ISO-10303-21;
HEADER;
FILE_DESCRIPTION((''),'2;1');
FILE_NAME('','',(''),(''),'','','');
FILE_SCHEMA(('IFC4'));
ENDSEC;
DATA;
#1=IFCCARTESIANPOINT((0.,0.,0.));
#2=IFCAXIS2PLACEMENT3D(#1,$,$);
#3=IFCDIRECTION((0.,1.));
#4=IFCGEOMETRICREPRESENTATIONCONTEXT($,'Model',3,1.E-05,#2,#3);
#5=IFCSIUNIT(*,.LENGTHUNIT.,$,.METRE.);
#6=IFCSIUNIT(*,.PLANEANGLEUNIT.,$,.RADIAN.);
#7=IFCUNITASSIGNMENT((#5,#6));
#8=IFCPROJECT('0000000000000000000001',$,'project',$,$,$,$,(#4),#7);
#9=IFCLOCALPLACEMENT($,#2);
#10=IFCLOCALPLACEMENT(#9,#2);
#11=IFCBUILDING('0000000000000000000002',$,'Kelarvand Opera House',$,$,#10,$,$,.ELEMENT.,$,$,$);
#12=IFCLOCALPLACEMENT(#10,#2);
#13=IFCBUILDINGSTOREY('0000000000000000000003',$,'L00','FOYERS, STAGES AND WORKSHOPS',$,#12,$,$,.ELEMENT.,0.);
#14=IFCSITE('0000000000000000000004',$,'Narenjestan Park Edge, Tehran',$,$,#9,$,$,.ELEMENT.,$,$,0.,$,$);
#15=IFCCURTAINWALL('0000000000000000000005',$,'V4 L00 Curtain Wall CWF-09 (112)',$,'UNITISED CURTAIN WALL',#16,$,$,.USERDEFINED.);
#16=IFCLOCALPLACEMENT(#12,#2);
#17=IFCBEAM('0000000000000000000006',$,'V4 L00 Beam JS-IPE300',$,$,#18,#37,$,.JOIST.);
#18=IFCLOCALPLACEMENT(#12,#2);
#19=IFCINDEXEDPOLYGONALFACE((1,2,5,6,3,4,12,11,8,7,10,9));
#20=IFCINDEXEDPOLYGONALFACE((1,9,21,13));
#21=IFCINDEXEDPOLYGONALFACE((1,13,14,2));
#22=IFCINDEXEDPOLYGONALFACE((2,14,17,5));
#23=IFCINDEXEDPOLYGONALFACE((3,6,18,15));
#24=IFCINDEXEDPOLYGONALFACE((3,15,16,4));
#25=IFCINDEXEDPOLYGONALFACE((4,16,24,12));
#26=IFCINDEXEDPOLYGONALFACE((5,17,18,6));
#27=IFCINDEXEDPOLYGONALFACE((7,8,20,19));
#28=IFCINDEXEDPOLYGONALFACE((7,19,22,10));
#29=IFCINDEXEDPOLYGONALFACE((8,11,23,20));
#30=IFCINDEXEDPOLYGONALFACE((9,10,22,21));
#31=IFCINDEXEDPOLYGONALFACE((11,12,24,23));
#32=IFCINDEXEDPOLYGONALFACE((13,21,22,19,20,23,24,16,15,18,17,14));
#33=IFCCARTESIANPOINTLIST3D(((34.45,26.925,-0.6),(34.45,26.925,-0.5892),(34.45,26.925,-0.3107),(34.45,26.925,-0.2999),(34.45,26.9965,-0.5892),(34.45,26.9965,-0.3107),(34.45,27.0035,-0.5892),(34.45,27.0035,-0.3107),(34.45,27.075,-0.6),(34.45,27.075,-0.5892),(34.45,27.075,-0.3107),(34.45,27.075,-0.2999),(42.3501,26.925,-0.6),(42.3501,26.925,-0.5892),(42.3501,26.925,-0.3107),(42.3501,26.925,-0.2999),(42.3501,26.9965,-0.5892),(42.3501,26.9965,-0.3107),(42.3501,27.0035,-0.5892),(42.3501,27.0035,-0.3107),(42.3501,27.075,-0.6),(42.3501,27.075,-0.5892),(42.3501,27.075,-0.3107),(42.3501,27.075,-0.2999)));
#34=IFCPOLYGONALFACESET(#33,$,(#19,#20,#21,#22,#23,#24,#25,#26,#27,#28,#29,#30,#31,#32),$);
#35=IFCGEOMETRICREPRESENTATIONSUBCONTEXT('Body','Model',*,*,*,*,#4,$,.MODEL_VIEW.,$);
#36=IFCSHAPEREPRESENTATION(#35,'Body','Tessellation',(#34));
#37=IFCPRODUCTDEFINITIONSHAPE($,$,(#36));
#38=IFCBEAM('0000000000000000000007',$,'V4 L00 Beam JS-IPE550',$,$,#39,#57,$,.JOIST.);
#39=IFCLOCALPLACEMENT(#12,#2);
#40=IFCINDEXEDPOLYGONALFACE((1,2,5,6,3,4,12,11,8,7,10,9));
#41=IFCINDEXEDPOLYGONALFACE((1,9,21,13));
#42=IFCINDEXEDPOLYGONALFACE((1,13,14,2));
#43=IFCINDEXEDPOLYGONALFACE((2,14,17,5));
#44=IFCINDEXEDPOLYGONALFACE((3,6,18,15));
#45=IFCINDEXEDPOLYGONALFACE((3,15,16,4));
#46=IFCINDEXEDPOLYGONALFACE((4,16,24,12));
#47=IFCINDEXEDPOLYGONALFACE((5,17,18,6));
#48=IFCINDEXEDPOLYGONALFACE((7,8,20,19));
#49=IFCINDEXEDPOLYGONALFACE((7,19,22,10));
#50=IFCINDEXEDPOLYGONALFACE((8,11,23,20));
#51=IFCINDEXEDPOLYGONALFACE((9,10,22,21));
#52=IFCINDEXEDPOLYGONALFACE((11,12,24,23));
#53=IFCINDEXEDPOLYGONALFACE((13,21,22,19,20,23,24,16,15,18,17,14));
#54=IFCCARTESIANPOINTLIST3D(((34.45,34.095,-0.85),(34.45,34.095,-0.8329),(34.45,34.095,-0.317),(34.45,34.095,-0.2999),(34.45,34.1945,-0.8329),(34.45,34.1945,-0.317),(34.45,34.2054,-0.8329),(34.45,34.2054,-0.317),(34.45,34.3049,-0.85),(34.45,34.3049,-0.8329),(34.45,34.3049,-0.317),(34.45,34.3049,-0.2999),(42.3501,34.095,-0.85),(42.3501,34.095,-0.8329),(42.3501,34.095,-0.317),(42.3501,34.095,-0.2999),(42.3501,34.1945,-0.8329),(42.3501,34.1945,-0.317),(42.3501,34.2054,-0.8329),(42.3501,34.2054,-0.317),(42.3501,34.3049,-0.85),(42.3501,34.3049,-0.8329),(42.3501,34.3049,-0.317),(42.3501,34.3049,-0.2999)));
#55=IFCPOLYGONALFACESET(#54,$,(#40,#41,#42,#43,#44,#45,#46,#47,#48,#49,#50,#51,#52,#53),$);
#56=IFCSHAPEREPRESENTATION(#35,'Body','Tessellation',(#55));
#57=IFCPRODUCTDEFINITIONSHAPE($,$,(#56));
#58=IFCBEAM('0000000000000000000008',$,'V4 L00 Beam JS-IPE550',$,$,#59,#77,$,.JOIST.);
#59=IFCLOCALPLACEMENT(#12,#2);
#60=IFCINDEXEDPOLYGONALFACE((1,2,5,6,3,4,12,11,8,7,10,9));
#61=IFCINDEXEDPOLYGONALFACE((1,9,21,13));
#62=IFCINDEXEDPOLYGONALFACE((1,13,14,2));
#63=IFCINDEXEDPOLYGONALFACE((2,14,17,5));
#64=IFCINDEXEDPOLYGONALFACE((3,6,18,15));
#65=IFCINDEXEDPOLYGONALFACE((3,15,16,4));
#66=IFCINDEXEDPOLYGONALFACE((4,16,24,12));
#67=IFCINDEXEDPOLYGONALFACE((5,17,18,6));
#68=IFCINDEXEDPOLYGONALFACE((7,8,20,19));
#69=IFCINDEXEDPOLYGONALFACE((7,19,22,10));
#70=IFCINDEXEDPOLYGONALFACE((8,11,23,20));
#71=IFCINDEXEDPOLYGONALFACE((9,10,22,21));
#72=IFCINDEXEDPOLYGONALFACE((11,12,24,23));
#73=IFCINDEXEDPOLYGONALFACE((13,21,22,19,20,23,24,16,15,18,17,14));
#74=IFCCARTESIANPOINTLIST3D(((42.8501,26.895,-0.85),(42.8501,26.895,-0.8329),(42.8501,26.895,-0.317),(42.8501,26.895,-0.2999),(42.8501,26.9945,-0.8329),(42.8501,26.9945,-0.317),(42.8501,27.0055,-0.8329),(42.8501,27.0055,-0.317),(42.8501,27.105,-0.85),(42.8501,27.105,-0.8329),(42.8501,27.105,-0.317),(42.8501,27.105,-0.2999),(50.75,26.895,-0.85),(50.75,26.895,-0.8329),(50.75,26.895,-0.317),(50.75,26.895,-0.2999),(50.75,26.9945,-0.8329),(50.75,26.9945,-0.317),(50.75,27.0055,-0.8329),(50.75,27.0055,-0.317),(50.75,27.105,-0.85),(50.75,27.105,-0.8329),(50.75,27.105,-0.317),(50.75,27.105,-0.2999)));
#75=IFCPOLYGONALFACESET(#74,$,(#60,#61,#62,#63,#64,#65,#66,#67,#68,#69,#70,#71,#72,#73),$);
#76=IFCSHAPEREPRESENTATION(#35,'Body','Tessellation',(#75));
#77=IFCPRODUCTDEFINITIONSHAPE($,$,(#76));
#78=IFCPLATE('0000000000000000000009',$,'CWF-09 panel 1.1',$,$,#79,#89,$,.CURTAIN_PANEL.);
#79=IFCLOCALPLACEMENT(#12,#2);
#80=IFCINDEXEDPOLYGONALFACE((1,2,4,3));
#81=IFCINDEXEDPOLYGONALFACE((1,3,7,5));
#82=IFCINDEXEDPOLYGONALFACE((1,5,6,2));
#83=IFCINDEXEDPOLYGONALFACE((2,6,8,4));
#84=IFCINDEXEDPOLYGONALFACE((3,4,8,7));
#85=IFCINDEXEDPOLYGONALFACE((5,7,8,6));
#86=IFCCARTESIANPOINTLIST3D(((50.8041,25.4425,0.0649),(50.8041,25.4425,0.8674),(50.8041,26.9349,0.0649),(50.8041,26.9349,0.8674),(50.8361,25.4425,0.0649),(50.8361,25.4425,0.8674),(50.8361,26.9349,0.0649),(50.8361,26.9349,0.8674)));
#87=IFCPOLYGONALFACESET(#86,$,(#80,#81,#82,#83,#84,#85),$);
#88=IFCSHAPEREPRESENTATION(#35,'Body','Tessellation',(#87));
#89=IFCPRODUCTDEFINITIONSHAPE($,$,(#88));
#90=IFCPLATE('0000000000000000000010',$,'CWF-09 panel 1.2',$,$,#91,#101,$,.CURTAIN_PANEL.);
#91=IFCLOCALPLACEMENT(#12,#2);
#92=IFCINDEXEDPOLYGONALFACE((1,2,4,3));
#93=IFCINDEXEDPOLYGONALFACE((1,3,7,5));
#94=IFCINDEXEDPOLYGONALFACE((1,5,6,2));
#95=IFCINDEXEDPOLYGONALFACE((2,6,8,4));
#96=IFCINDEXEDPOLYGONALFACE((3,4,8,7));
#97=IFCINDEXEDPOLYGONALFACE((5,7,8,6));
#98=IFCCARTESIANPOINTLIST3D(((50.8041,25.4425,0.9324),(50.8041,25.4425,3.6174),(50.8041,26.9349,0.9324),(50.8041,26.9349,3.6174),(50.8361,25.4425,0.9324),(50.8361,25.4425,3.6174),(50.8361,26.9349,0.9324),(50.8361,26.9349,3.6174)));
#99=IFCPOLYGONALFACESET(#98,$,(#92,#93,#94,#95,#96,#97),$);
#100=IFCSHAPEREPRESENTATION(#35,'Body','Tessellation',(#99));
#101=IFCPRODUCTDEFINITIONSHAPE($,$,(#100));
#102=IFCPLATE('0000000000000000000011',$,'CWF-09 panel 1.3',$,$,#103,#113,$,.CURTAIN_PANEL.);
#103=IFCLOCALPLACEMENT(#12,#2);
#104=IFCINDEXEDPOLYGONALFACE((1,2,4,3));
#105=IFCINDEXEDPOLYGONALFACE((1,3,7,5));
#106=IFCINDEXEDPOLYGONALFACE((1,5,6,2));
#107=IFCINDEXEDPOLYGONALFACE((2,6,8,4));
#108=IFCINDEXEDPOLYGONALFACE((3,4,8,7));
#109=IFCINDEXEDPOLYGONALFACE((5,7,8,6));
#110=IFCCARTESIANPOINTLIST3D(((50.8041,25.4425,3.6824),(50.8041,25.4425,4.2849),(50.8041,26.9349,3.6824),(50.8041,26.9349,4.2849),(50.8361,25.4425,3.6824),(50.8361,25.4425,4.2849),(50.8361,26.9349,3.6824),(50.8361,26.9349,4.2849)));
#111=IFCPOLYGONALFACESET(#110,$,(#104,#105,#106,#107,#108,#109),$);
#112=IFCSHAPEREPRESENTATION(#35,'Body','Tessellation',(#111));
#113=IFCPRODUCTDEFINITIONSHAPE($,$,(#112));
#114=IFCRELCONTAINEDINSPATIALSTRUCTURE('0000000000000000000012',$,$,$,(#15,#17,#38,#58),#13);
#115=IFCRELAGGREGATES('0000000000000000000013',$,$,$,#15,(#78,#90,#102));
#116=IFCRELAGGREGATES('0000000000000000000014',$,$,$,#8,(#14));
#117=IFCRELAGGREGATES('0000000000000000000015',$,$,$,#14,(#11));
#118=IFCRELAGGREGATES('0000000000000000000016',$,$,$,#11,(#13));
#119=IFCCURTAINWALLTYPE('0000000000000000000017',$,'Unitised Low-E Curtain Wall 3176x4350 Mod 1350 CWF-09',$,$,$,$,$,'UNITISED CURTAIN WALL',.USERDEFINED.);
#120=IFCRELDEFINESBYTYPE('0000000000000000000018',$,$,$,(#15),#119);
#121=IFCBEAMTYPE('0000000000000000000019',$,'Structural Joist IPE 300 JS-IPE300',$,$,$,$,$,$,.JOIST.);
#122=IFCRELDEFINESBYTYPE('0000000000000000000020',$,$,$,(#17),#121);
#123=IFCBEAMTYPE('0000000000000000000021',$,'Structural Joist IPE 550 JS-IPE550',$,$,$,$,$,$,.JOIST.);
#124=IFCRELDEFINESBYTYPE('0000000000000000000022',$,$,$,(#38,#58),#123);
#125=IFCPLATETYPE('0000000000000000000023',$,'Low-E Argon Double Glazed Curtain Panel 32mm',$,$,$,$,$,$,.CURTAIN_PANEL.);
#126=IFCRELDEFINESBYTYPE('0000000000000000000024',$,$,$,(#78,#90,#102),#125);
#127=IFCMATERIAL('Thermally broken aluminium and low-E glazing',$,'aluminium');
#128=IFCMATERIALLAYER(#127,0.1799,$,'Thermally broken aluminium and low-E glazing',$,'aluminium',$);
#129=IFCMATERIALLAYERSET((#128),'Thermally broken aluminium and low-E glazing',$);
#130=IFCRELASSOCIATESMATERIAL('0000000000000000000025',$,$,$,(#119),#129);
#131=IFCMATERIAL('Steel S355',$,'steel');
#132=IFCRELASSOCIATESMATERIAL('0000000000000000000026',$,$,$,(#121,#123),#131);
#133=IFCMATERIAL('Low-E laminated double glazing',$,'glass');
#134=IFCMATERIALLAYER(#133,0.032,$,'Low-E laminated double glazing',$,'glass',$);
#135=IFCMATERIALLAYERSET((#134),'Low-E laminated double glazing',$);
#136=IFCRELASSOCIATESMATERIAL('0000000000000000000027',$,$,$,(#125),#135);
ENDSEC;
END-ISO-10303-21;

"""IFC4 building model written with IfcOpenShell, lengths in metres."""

from ifc_helpers import new_model, si_unit, direction, frame, origin, origin_2d, place, context, subcontext, project, spatial, rectangle, i_section, extrude, material, layer, layer_set, material_profile, profile_set, type_object, element, aggregate, save


model = new_model("IFC4")

# Units and contexts
model_context = context("Model", 3, precision=1e-05, world=origin(), true_north=direction((0.0, 1.0)))
body_context = subcontext(model_context, "Body", "Model", "MODEL_VIEW")
ifc_project = project(units=[si_unit("LENGTHUNIT", "METRE"), si_unit("PLANEANGLEUNIT", "RADIAN")], contexts=[model_context])

# Site, building, storey
site_placement = place(None, origin())
site = spatial("IfcSite", under=ifc_project, at=site_placement, Name="Narenjestan Park Edge, Tehran", CompositionType="ELEMENT", RefElevation=0.0)
building_placement = place(site_placement, origin())
building = spatial("IfcBuilding", under=site, at=building_placement, Name="Kelarvand Opera House", CompositionType="ELEMENT")
storey_placement = place(building_placement, origin())
storey = spatial("IfcBuildingStorey", under=building, at=storey_placement, Name="L00", Description="FOYERS, STAGES AND WORKSHOPS", CompositionType="ELEMENT", Elevation=0.0)

# Curtain wall
ifc_material_1 = material(Name="Thermally broken aluminium and low-E glazing", Category="aluminium")
ifc_layer_1 = layer(ifc_material_1, 0.1799, Name="Thermally broken aluminium and low-E glazing", Category="aluminium")
ifc_layer_set_1 = layer_set([ifc_layer_1], Name="Thermally broken aluminium and low-E glazing")
curtain_wall_type = type_object("IfcCurtainWallType", Name="Unitised Low-E Curtain Wall 3176x4350 Mod 1350 CWF-09", ElementType="UNITISED CURTAIN WALL", PredefinedType="USERDEFINED", material=ifc_layer_set_1)
curtain_wall_placement = place(storey_placement, origin())
curtain_wall = element("IfcCurtainWall", 1, at=curtain_wall_placement, inside=storey, type_object=curtain_wall_type, Name="V4 L00 Curtain Wall CWF-09 (112)", ObjectType="UNITISED CURTAIN WALL", PredefinedType="USERDEFINED")

# Beams
ifc_material_2 = material(Name="Steel S355", Category="steel")
ifc_material_profile_1 = material_profile(ifc_material_2, i_section(OverallWidth=0.1499, OverallDepth=0.3, WebThickness=0.0071, FlangeThickness=0.0107, at=origin_2d()), Name="IPE 300", Category="steel")
ifc_profile_set_1 = profile_set([ifc_material_profile_1], Name="Steel S355")
beam_type_1 = type_object("IfcBeamType", Name="Structural Joist IPE 300 JS-IPE300", PredefinedType="JOIST", material=ifc_profile_set_1)
beam_1_placement = place(storey_placement, frame((34.45, 27.0, -0.45), z_axis=(1.0, 0.0, 0.0), x_axis=(0.0, 1.0, 0.0)))
element("IfcBeam", 2, at=beam_1_placement, inside=storey, type_object=beam_type_1, Name="V4 L00 Beam JS-IPE300", PredefinedType="JOIST", context=body_context, shape_type="SweptSolid", body=[
    extrude(i_section(OverallWidth=0.1499, OverallDepth=0.3, WebThickness=0.0071, FlangeThickness=0.0107, at=origin_2d()), origin(), (0.0, 0.0, 1.0), 7.9001),
])
ifc_material_profile_2 = material_profile(ifc_material_2, i_section(OverallWidth=0.21, OverallDepth=0.55, WebThickness=0.011, FlangeThickness=0.0171, at=origin_2d()), Name="IPE 550", Category="steel")
ifc_profile_set_2 = profile_set([ifc_material_profile_2], Name="Steel S355")
beam_type_2 = type_object("IfcBeamType", Name="Structural Joist IPE 550 JS-IPE550", PredefinedType="JOIST", material=ifc_profile_set_2)
beam_2_placement = place(storey_placement, frame((34.45, 34.2, -0.575), z_axis=(1.0, 0.0, 0.0), x_axis=(0.0, 1.0, 0.0)))
element("IfcBeam", 3, at=beam_2_placement, inside=storey, type_object=beam_type_2, Name="V4 L00 Beam JS-IPE550", PredefinedType="JOIST", context=body_context, shape_type="SweptSolid", body=[
    extrude(i_section(OverallWidth=0.21, OverallDepth=0.55, WebThickness=0.011, FlangeThickness=0.0171, at=origin_2d()), origin(), (0.0, 0.0, 1.0), 7.9001),
])
beam_3_placement = place(storey_placement, frame((42.8501, 27.0, -0.575), z_axis=(1.0, 0.0, 0.0), x_axis=(0.0, 1.0, 0.0)))
element("IfcBeam", 4, at=beam_3_placement, inside=storey, type_object=beam_type_2, Name="V4 L00 Beam JS-IPE550", PredefinedType="JOIST", context=body_context, shape_type="SweptSolid", body=[
    extrude(i_section(OverallWidth=0.21, OverallDepth=0.55, WebThickness=0.011, FlangeThickness=0.0171, at=origin_2d()), origin(), (0.0, 0.0, 1.0), 7.8999),
])

# Plates
ifc_material_3 = material(Name="Low-E laminated double glazing", Category="glass")
ifc_layer_2 = layer(ifc_material_3, 0.032, Name="Low-E laminated double glazing", Category="glass")
ifc_layer_set_2 = layer_set([ifc_layer_2], Name="Low-E laminated double glazing")
plate_type = type_object("IfcPlateType", Name="Low-E Argon Double Glazed Curtain Panel 32mm", PredefinedType="CURTAIN_PANEL", material=ifc_layer_set_2)
plate_1_placement = place(storey_placement, frame((50.8201, 26.1887, 0.0649), z_axis=(0.0, 0.0, 1.0), x_axis=(0.0, -1.0, 0.0)))
plate_1 = element("IfcPlate", 5, at=plate_1_placement, type_object=plate_type, Name="CWF-09 panel 1.1", PredefinedType="CURTAIN_PANEL", context=body_context, shape_type="SweptSolid", body=[
    extrude(rectangle(XDim=1.4924, YDim=0.032, at=origin_2d()), origin(), (0.0, 0.0, 1.0), 0.8025),
])
plate_2_placement = place(storey_placement, frame((50.8201, 26.1887, 0.9324), z_axis=(0.0, 0.0, 1.0), x_axis=(0.0, -1.0, 0.0)))
plate_2 = element("IfcPlate", 6, at=plate_2_placement, type_object=plate_type, Name="CWF-09 panel 1.2", PredefinedType="CURTAIN_PANEL", context=body_context, shape_type="SweptSolid", body=[
    extrude(rectangle(XDim=1.4924, YDim=0.032, at=origin_2d()), origin(), (0.0, 0.0, 1.0), 2.6851),
])
plate_3_placement = place(storey_placement, frame((50.8201, 26.1887, 3.6824), z_axis=(0.0, 0.0, 1.0), x_axis=(0.0, -1.0, 0.0)))
plate_3 = element("IfcPlate", 7, at=plate_3_placement, type_object=plate_type, Name="CWF-09 panel 1.3", PredefinedType="CURTAIN_PANEL", context=body_context, shape_type="SweptSolid", body=[
    extrude(rectangle(XDim=1.4924, YDim=0.032, at=origin_2d()), origin(), (0.0, 0.0, 1.0), 0.6025),
])
aggregate(curtain_wall, [plate_1, plate_2, plate_3])

save(model, "model.ifc")
